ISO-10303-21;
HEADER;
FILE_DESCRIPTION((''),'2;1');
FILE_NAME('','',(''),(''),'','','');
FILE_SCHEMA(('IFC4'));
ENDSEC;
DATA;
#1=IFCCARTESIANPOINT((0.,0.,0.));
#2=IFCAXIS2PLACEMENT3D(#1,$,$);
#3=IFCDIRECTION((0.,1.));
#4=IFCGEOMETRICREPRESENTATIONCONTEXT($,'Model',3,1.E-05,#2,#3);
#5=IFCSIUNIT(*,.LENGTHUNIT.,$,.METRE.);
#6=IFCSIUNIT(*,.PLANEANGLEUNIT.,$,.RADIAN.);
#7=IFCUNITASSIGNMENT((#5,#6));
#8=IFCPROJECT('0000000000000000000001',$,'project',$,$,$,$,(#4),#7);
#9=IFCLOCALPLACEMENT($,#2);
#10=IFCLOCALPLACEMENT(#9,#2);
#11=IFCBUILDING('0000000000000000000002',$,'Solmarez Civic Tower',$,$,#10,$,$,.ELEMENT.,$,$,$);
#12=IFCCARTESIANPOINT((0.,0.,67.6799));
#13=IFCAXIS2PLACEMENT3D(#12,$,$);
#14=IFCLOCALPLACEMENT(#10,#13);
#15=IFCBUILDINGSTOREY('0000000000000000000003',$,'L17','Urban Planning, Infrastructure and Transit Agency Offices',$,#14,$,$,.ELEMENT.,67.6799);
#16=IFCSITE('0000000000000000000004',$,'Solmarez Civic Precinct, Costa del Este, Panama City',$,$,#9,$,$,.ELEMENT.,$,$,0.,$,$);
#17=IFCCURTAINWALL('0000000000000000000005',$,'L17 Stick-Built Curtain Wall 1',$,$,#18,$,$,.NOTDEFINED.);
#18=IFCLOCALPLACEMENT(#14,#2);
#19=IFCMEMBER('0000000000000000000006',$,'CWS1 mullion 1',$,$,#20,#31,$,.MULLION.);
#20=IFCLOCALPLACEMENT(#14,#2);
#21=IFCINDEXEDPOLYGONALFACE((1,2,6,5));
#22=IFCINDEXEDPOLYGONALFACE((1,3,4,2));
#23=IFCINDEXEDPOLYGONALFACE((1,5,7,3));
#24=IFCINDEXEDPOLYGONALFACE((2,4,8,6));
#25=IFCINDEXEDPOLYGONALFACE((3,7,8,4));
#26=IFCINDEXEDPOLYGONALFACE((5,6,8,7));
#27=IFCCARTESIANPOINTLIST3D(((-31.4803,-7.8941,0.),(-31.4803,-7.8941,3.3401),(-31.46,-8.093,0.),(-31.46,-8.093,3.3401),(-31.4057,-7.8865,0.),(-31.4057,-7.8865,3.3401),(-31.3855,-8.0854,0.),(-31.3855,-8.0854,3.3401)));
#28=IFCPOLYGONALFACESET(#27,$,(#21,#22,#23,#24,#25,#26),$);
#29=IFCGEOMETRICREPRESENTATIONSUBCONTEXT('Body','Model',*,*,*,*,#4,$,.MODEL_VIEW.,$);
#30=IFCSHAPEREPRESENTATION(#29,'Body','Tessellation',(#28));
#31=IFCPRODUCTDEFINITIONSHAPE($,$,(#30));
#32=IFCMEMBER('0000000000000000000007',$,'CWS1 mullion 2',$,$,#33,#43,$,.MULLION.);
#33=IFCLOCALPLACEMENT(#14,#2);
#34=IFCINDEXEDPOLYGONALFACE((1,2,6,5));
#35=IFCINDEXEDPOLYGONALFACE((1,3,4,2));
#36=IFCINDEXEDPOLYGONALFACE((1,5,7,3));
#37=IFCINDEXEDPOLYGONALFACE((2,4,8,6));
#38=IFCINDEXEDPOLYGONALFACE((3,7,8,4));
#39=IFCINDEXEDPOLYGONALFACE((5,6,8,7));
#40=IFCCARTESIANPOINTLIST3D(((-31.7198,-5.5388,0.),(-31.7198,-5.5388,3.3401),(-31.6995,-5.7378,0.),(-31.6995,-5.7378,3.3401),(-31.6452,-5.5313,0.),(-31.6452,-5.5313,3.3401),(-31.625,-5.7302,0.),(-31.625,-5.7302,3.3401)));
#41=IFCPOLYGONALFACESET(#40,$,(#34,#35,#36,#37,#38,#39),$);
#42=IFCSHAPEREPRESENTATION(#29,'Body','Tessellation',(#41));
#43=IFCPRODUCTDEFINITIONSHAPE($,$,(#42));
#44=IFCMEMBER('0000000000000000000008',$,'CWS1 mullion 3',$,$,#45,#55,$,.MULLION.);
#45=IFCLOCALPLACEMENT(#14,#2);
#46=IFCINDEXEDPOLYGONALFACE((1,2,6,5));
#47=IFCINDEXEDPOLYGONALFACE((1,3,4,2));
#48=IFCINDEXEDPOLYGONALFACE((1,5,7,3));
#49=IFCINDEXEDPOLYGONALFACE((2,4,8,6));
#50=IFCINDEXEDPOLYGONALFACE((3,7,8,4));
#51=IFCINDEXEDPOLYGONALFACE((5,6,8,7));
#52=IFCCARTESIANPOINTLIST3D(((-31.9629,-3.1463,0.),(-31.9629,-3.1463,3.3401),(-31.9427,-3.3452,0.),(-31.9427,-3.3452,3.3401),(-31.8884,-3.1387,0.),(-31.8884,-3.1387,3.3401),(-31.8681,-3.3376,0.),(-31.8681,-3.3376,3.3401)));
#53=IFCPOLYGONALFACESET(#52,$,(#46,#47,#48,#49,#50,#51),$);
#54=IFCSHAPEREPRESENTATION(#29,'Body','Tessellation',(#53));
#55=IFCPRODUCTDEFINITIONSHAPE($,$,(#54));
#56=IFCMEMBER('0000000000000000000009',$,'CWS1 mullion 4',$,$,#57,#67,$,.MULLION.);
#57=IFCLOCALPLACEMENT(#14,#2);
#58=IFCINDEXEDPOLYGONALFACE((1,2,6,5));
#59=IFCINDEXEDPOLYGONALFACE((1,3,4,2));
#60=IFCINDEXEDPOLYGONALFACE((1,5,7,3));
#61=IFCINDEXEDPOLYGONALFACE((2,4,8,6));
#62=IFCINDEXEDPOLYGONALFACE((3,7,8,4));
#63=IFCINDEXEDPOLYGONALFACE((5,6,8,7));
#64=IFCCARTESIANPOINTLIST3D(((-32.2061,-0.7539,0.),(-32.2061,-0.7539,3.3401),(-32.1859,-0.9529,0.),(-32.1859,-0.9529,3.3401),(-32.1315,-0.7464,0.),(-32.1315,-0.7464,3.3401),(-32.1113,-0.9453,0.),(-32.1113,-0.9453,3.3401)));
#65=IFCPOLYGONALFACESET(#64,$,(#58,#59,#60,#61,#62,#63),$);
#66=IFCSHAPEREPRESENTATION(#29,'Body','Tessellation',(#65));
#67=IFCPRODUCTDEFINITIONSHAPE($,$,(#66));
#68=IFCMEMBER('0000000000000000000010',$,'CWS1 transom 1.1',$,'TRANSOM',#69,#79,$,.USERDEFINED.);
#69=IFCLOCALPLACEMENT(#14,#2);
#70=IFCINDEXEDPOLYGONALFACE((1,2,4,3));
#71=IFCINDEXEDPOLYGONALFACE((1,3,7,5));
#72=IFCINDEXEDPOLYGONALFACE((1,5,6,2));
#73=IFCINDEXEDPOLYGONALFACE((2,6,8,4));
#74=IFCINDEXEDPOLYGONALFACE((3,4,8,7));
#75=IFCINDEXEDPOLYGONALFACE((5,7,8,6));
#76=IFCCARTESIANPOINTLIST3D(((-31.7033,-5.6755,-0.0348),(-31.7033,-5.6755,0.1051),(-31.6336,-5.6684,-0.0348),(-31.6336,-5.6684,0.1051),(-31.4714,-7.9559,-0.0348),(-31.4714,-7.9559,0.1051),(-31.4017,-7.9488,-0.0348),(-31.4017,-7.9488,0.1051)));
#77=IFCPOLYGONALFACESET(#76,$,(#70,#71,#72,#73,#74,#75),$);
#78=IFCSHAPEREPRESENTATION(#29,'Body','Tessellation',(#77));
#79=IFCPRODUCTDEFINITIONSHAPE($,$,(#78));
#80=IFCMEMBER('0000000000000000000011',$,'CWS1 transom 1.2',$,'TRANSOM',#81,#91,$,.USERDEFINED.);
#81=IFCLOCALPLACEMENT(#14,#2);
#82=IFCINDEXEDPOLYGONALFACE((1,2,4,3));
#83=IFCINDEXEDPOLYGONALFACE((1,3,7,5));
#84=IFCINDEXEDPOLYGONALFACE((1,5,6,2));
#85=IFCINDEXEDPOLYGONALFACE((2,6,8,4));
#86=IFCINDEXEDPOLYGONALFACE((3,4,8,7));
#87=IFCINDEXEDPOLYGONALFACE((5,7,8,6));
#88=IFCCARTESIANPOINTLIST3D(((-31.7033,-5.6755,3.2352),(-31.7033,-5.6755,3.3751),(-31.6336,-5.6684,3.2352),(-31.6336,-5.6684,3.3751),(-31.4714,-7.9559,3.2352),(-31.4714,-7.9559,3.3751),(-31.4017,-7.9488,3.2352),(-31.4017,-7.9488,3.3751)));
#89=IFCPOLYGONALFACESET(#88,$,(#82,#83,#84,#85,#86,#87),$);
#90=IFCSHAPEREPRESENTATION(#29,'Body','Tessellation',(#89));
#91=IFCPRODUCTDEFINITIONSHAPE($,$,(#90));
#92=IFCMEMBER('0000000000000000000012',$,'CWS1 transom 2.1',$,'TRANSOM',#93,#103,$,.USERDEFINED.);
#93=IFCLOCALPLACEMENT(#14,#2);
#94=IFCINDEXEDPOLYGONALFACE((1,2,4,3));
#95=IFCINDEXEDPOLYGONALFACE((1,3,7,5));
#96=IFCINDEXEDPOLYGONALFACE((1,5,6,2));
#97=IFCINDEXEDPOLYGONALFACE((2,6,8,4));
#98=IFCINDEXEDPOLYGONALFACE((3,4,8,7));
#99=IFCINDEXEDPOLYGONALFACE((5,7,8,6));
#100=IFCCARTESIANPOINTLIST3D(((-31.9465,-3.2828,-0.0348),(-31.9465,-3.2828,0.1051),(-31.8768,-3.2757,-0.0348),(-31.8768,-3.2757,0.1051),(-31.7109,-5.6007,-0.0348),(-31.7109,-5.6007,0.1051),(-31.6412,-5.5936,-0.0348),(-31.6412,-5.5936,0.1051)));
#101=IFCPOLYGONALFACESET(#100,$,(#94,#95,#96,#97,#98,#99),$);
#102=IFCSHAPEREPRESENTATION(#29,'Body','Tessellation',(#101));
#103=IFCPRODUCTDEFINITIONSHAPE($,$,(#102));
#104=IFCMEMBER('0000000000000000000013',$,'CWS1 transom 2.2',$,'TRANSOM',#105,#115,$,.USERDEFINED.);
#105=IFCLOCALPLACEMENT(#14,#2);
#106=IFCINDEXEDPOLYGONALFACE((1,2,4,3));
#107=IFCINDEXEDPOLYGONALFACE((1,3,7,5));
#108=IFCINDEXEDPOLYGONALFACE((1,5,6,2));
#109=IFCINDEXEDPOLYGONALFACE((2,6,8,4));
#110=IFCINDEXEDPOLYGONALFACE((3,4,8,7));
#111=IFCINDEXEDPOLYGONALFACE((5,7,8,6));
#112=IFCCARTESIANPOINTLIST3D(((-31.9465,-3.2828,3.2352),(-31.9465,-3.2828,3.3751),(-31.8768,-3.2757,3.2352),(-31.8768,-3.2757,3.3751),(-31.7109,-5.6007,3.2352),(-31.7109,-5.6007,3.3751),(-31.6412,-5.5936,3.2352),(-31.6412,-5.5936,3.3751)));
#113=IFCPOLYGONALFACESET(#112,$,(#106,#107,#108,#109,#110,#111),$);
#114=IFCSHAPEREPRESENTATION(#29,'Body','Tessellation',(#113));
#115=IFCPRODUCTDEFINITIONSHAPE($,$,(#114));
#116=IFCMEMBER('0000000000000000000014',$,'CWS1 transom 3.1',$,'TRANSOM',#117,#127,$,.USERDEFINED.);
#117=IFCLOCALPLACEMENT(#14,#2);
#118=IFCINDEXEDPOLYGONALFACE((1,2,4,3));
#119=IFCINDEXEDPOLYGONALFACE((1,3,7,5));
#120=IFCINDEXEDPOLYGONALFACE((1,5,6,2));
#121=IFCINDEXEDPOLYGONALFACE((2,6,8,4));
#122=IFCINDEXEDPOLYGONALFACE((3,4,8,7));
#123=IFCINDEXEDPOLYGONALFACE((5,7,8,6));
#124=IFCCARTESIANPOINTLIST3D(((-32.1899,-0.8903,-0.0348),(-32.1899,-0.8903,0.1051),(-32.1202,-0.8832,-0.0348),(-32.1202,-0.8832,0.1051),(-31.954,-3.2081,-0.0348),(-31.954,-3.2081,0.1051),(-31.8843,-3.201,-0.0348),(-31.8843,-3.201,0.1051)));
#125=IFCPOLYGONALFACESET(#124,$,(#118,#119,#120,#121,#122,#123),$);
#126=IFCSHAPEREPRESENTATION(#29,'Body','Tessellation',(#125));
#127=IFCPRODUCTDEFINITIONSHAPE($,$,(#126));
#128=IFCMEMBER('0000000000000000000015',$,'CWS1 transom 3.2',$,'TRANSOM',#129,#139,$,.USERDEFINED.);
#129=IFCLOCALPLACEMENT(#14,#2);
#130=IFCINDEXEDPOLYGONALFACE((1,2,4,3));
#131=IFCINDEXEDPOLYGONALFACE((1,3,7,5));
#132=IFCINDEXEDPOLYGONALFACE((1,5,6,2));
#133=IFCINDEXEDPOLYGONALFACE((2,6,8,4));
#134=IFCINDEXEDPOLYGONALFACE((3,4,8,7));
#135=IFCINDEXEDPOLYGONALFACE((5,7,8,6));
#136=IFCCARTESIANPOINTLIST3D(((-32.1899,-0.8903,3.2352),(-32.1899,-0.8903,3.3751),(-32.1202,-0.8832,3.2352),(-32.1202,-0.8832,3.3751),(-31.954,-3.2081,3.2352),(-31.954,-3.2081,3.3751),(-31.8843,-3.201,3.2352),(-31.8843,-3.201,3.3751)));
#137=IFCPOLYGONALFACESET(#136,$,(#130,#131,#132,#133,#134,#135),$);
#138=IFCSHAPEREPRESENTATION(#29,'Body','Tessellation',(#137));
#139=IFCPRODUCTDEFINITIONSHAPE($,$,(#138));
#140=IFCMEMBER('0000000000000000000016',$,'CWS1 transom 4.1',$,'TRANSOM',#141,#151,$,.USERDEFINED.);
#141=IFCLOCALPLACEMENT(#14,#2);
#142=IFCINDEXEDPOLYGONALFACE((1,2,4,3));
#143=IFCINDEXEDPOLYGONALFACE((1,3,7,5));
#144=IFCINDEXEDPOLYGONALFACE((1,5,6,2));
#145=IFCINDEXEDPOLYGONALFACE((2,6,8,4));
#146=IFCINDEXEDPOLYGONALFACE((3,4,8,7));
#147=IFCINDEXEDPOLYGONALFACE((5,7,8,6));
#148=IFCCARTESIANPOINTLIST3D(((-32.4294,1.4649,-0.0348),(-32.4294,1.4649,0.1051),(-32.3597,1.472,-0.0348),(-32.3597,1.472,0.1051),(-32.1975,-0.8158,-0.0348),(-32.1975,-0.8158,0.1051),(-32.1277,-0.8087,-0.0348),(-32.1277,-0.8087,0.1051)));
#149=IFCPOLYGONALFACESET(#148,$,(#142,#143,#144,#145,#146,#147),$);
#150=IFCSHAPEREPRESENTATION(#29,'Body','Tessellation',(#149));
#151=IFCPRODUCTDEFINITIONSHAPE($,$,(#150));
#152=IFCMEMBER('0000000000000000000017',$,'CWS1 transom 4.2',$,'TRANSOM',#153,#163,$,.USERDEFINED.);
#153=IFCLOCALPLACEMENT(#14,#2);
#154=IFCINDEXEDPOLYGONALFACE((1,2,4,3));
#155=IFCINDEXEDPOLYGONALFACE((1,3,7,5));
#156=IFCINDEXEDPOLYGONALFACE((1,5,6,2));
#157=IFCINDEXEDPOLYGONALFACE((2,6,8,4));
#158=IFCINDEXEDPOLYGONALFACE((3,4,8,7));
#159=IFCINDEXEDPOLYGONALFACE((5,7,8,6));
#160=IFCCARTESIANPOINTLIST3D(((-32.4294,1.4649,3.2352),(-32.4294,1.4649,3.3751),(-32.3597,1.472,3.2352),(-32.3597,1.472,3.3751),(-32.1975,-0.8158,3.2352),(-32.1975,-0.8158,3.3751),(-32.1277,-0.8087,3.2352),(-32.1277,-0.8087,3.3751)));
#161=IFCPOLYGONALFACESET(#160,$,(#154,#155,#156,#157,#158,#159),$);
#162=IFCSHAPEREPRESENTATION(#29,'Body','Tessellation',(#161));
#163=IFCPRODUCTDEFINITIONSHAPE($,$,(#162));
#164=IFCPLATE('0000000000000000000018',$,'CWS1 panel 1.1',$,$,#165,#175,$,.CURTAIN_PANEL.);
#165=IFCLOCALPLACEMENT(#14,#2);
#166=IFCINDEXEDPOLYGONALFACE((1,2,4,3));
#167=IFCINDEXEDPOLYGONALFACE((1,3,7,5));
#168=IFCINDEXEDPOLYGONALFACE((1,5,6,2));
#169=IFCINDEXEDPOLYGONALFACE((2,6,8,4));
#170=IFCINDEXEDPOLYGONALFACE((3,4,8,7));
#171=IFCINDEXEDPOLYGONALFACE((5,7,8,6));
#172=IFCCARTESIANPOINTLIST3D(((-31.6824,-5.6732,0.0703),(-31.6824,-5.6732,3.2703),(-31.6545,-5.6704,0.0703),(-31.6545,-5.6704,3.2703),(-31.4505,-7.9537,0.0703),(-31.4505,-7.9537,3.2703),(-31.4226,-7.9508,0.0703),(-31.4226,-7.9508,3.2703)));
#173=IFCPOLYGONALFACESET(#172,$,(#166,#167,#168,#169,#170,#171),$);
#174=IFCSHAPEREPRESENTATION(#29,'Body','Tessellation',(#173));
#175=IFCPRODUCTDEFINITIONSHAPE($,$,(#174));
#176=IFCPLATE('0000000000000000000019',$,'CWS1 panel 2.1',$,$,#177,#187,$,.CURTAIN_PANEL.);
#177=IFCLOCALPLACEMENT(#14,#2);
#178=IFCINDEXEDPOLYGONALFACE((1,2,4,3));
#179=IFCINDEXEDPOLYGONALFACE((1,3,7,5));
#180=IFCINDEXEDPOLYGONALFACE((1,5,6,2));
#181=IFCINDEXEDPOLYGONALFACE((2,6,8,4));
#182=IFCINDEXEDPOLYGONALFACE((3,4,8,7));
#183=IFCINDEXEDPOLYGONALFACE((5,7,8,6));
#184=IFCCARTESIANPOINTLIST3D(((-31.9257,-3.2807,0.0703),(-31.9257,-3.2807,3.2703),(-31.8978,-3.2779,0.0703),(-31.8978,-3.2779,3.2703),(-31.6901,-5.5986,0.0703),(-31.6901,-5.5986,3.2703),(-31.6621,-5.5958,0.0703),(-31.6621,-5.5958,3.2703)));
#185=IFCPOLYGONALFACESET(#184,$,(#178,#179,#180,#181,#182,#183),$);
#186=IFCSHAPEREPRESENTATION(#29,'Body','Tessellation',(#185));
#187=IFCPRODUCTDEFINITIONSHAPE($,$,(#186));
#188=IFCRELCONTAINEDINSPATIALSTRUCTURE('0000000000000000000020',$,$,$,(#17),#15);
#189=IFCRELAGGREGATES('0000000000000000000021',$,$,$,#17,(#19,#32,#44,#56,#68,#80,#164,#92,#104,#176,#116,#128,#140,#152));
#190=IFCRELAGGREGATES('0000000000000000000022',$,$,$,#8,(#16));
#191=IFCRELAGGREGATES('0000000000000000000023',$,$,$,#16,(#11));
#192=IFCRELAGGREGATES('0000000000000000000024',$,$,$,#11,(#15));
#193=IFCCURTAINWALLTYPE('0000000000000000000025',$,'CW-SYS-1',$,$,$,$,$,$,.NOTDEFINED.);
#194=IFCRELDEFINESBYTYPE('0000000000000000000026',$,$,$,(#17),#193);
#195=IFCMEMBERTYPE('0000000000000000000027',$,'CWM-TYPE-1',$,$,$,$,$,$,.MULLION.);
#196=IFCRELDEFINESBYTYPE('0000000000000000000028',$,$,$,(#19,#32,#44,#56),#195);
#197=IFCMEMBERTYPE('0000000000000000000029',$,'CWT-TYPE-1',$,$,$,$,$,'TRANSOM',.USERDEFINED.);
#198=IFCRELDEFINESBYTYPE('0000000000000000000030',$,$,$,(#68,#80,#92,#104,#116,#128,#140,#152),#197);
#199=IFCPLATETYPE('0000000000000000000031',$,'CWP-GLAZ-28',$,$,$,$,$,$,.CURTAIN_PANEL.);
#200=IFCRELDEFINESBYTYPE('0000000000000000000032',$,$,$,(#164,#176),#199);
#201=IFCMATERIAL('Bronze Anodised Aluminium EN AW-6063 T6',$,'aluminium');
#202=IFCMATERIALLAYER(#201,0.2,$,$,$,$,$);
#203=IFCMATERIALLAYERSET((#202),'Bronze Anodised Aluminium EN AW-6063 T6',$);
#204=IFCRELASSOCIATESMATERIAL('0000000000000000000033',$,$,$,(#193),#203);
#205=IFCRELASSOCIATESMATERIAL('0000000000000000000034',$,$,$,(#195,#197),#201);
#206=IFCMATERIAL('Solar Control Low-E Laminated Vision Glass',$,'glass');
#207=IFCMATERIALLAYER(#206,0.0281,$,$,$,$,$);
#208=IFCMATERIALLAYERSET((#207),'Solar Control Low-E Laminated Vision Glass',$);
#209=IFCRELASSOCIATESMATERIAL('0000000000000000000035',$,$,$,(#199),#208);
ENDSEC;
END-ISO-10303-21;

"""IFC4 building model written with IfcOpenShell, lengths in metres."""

from ifc_helpers import new_model, si_unit, direction, frame, origin, origin_2d, place, context, subcontext, project, spatial, rectangle, extrude, material, layer, layer_set, material_profile, profile_set, type_object, element, aggregate, save


model = new_model("IFC4")

# Units and contexts
model_context = context("Model", 3, precision=1e-05, world=origin(), true_north=direction((0.0, 1.0)))
body_context = subcontext(model_context, "Body", "Model", "MODEL_VIEW")
ifc_project = project(units=[si_unit("LENGTHUNIT", "METRE"), si_unit("PLANEANGLEUNIT", "RADIAN")], contexts=[model_context])

# Site, building, storey
site_placement = place(None, origin())
site = spatial("IfcSite", under=ifc_project, at=site_placement, Name="Solmarez Civic Precinct, Costa del Este, Panama City", CompositionType="ELEMENT", RefElevation=0.0)
building_placement = place(site_placement, origin())
building = spatial("IfcBuilding", under=site, at=building_placement, Name="Solmarez Civic Tower", CompositionType="ELEMENT")
storey_placement = place(building_placement, frame((0.0, 0.0, 67.6799)))
storey = spatial("IfcBuildingStorey", under=building, at=storey_placement, Name="L17", Description="Urban Planning, Infrastructure and Transit Agency Offices", CompositionType="ELEMENT", Elevation=67.6799)

# Curtain wall, members, plates
ifc_material_1 = material(Name="Bronze Anodised Aluminium EN AW-6063 T6", Category="aluminium")
ifc_layer_1 = layer(ifc_material_1, 0.2)
ifc_layer_set_1 = layer_set([ifc_layer_1], Name="Bronze Anodised Aluminium EN AW-6063 T6")
curtain_wall_type = type_object("IfcCurtainWallType", Name="CW-SYS-1", PredefinedType="NOTDEFINED", material=ifc_layer_set_1)
curtain_wall_placement = place(storey_placement, origin())
curtain_wall = element("IfcCurtainWall", 1, at=curtain_wall_placement, inside=storey, type_object=curtain_wall_type, Name="L17 Stick-Built Curtain Wall 1", PredefinedType="NOTDEFINED")
ifc_material_profile_1 = material_profile(ifc_material_1, rectangle(XDim=0.075, YDim=0.2, at=origin_2d()), Name="CWM-75X200")
ifc_profile_set_1 = profile_set([ifc_material_profile_1], Name="Bronze Anodised Aluminium EN AW-6063 T6")
member_type_1 = type_object("IfcMemberType", Name="CWM-TYPE-1", PredefinedType="MULLION", material=ifc_profile_set_1)
member_1_placement = place(storey_placement, frame((-31.4329, -7.9897, 0.0), z_axis=(0.0, 0.0, 1.0), x_axis=(-0.994871, -0.10115, 0.0)))
member_1 = element("IfcMember", 2, at=member_1_placement, type_object=member_type_1, Name="CWS1 mullion 1", PredefinedType="MULLION", context=body_context, shape_type="SweptSolid", body=[
    extrude(rectangle(XDim=0.075, YDim=0.2, at=origin_2d()), origin(), (0.0, 0.0, 1.0), 3.3401),
])
member_2_placement = place(storey_placement, frame((-31.6724, -5.6345, 0.0), z_axis=(0.0, 0.0, 1.0), x_axis=(-0.994871, -0.10115, 0.0)))
member_2 = element("IfcMember", 3, at=member_2_placement, type_object=member_type_1, Name="CWS1 mullion 2", PredefinedType="MULLION", context=body_context, shape_type="SweptSolid", body=[
    extrude(rectangle(XDim=0.075, YDim=0.2, at=origin_2d()), origin(), (0.0, 0.0, 1.0), 3.3401),
])
member_3_placement = place(storey_placement, frame((-31.9155, -3.2419, 0.0), z_axis=(0.0, 0.0, 1.0), x_axis=(-0.994871, -0.10115, 0.0)))
member_3 = element("IfcMember", 4, at=member_3_placement, type_object=member_type_1, Name="CWS1 mullion 3", PredefinedType="MULLION", context=body_context, shape_type="SweptSolid", body=[
    extrude(rectangle(XDim=0.075, YDim=0.2, at=origin_2d()), origin(), (0.0, 0.0, 1.0), 3.3401),
])
member_4_placement = place(storey_placement, frame((-32.1587, -0.8496, 0.0), z_axis=(0.0, 0.0, 1.0), x_axis=(-0.994871, -0.10115, 0.0)))
member_4 = element("IfcMember", 5, at=member_4_placement, type_object=member_type_1, Name="CWS1 mullion 4", PredefinedType="MULLION", context=body_context, shape_type="SweptSolid", body=[
    extrude(rectangle(XDim=0.075, YDim=0.2, at=origin_2d()), origin(), (0.0, 0.0, 1.0), 3.3401),
])
ifc_material_profile_2 = material_profile(ifc_material_1, rectangle(XDim=0.0701, YDim=0.1399, at=origin_2d()), Name="CWT-70X140")
ifc_profile_set_2 = profile_set([ifc_material_profile_2], Name="Bronze Anodised Aluminium EN AW-6063 T6")
member_type_2 = type_object("IfcMemberType", Name="CWT-TYPE-1", ElementType="TRANSOM", PredefinedType="USERDEFINED", material=ifc_profile_set_2)
member_5_placement = place(storey_placement, frame((-31.4365, -7.9524, 0.0352), z_axis=(-0.10118, 0.994868, 0.0), x_axis=(-0.994868, -0.10118, 0.0)))
member_5 = element("IfcMember", 6, at=member_5_placement, type_object=member_type_2, Name="CWS1 transom 1.1", ObjectType="TRANSOM", PredefinedType="USERDEFINED", context=body_context, shape_type="SweptSolid", body=[
    extrude(rectangle(XDim=0.0701, YDim=0.1399, at=origin_2d()), origin(), (0.0, 0.0, 1.0), 2.2922),
])
member_6_placement = place(storey_placement, frame((-31.4365, -7.9524, 3.3052), z_axis=(-0.10118, 0.994868, 0.0), x_axis=(-0.994868, -0.10118, 0.0)))
member_6 = element("IfcMember", 7, at=member_6_placement, type_object=member_type_2, Name="CWS1 transom 1.2", ObjectType="TRANSOM", PredefinedType="USERDEFINED", context=body_context, shape_type="SweptSolid", body=[
    extrude(rectangle(XDim=0.0701, YDim=0.1399, at=origin_2d()), origin(), (0.0, 0.0, 1.0), 2.2922),
])
member_7_placement = place(storey_placement, frame((-31.676, -5.5972, 0.0352), z_axis=(-0.101122, 0.994874, 0.0), x_axis=(-0.994874, -0.101122, 0.0)))
member_7 = element("IfcMember", 8, at=member_7_placement, type_object=member_type_2, Name="CWS1 transom 2.1", ObjectType="TRANSOM", PredefinedType="USERDEFINED", context=body_context, shape_type="SweptSolid", body=[
    extrude(rectangle(XDim=0.0701, YDim=0.1399, at=origin_2d()), origin(), (0.0, 0.0, 1.0), 2.3298),
])
member_8_placement = place(storey_placement, frame((-31.676, -5.5972, 3.3052), z_axis=(-0.101122, 0.994874, 0.0), x_axis=(-0.994874, -0.101122, 0.0)))
member_8 = element("IfcMember", 9, at=member_8_placement, type_object=member_type_2, Name="CWS1 transom 2.2", ObjectType="TRANSOM", PredefinedType="USERDEFINED", context=body_context, shape_type="SweptSolid", body=[
    extrude(rectangle(XDim=0.0701, YDim=0.1399, at=origin_2d()), origin(), (0.0, 0.0, 1.0), 2.3298),
])
member_9_placement = place(storey_placement, frame((-31.9192, -3.2046, 0.0352), z_axis=(-0.101226, 0.994863, 0.0), x_axis=(-0.994863, -0.101226, 0.0)))
member_9 = element("IfcMember", 10, at=member_9_placement, type_object=member_type_2, Name="CWS1 transom 3.1", ObjectType="TRANSOM", PredefinedType="USERDEFINED", context=body_context, shape_type="SweptSolid", body=[
    extrude(rectangle(XDim=0.0701, YDim=0.1399, at=origin_2d()), origin(), (0.0, 0.0, 1.0), 2.3298),
])
member_10_placement = place(storey_placement, frame((-31.9192, -3.2046, 3.3052), z_axis=(-0.101226, 0.994863, 0.0), x_axis=(-0.994863, -0.101226, 0.0)))
member_10 = element("IfcMember", 11, at=member_10_placement, type_object=member_type_2, Name="CWS1 transom 3.2", ObjectType="TRANSOM", PredefinedType="USERDEFINED", context=body_context, shape_type="SweptSolid", body=[
    extrude(rectangle(XDim=0.0701, YDim=0.1399, at=origin_2d()), origin(), (0.0, 0.0, 1.0), 2.3298),
])
member_11_placement = place(storey_placement, frame((-32.1626, -0.8123, 0.0352), z_axis=(-0.10117, 0.994869, 0.0), x_axis=(-0.994869, -0.10117, 0.0)))
member_11 = element("IfcMember", 12, at=member_11_placement, type_object=member_type_2, Name="CWS1 transom 4.1", ObjectType="TRANSOM", PredefinedType="USERDEFINED", context=body_context, shape_type="SweptSolid", body=[
    extrude(rectangle(XDim=0.0701, YDim=0.1399, at=origin_2d()), origin(), (0.0, 0.0, 1.0), 2.2925),
])
member_12_placement = place(storey_placement, frame((-32.1626, -0.8123, 3.3052), z_axis=(-0.10117, 0.994869, 0.0), x_axis=(-0.994869, -0.10117, 0.0)))
member_12 = element("IfcMember", 13, at=member_12_placement, type_object=member_type_2, Name="CWS1 transom 4.2", ObjectType="TRANSOM", PredefinedType="USERDEFINED", context=body_context, shape_type="SweptSolid", body=[
    extrude(rectangle(XDim=0.0701, YDim=0.1399, at=origin_2d()), origin(), (0.0, 0.0, 1.0), 2.2925),
])
ifc_material_2 = material(Name="Solar Control Low-E Laminated Vision Glass", Category="glass")
ifc_layer_2 = layer(ifc_material_2, 0.0281)
ifc_layer_set_2 = layer_set([ifc_layer_2], Name="Solar Control Low-E Laminated Vision Glass")
plate_type = type_object("IfcPlateType", Name="CWP-GLAZ-28", PredefinedType="CURTAIN_PANEL", material=ifc_layer_set_2)
plate_1_placement = place(storey_placement, frame((-31.5525, -6.812, 0.0703), z_axis=(0.0, 0.0, 1.0), x_axis=(-0.10115, 0.994871, 0.0)))
plate_1 = element("IfcPlate", 14, at=plate_1_placement, type_object=plate_type, Name="CWS1 panel 1.1", PredefinedType="CURTAIN_PANEL", context=body_context, shape_type="SweptSolid", body=[
    extrude(rectangle(XDim=2.2922, YDim=0.0281, at=origin_2d()), origin(), (0.0, 0.0, 1.0), 3.2),
])
plate_2_placement = place(storey_placement, frame((-31.7939, -4.4382, 0.0703), z_axis=(0.0, 0.0, 1.0), x_axis=(-0.10115, 0.994871, 0.0)))
plate_2 = element("IfcPlate", 15, at=plate_2_placement, type_object=plate_type, Name="CWS1 panel 2.1", PredefinedType="CURTAIN_PANEL", context=body_context, shape_type="SweptSolid", body=[
    extrude(rectangle(XDim=2.3298, YDim=0.0281, at=origin_2d()), origin(), (0.0, 0.0, 1.0), 3.2),
])
aggregate(curtain_wall, [member_1, member_2, member_3, member_4, member_5, member_6, plate_1, member_7, member_8, plate_2, member_9, member_10, member_11, member_12])

save(model, "model.ifc")
